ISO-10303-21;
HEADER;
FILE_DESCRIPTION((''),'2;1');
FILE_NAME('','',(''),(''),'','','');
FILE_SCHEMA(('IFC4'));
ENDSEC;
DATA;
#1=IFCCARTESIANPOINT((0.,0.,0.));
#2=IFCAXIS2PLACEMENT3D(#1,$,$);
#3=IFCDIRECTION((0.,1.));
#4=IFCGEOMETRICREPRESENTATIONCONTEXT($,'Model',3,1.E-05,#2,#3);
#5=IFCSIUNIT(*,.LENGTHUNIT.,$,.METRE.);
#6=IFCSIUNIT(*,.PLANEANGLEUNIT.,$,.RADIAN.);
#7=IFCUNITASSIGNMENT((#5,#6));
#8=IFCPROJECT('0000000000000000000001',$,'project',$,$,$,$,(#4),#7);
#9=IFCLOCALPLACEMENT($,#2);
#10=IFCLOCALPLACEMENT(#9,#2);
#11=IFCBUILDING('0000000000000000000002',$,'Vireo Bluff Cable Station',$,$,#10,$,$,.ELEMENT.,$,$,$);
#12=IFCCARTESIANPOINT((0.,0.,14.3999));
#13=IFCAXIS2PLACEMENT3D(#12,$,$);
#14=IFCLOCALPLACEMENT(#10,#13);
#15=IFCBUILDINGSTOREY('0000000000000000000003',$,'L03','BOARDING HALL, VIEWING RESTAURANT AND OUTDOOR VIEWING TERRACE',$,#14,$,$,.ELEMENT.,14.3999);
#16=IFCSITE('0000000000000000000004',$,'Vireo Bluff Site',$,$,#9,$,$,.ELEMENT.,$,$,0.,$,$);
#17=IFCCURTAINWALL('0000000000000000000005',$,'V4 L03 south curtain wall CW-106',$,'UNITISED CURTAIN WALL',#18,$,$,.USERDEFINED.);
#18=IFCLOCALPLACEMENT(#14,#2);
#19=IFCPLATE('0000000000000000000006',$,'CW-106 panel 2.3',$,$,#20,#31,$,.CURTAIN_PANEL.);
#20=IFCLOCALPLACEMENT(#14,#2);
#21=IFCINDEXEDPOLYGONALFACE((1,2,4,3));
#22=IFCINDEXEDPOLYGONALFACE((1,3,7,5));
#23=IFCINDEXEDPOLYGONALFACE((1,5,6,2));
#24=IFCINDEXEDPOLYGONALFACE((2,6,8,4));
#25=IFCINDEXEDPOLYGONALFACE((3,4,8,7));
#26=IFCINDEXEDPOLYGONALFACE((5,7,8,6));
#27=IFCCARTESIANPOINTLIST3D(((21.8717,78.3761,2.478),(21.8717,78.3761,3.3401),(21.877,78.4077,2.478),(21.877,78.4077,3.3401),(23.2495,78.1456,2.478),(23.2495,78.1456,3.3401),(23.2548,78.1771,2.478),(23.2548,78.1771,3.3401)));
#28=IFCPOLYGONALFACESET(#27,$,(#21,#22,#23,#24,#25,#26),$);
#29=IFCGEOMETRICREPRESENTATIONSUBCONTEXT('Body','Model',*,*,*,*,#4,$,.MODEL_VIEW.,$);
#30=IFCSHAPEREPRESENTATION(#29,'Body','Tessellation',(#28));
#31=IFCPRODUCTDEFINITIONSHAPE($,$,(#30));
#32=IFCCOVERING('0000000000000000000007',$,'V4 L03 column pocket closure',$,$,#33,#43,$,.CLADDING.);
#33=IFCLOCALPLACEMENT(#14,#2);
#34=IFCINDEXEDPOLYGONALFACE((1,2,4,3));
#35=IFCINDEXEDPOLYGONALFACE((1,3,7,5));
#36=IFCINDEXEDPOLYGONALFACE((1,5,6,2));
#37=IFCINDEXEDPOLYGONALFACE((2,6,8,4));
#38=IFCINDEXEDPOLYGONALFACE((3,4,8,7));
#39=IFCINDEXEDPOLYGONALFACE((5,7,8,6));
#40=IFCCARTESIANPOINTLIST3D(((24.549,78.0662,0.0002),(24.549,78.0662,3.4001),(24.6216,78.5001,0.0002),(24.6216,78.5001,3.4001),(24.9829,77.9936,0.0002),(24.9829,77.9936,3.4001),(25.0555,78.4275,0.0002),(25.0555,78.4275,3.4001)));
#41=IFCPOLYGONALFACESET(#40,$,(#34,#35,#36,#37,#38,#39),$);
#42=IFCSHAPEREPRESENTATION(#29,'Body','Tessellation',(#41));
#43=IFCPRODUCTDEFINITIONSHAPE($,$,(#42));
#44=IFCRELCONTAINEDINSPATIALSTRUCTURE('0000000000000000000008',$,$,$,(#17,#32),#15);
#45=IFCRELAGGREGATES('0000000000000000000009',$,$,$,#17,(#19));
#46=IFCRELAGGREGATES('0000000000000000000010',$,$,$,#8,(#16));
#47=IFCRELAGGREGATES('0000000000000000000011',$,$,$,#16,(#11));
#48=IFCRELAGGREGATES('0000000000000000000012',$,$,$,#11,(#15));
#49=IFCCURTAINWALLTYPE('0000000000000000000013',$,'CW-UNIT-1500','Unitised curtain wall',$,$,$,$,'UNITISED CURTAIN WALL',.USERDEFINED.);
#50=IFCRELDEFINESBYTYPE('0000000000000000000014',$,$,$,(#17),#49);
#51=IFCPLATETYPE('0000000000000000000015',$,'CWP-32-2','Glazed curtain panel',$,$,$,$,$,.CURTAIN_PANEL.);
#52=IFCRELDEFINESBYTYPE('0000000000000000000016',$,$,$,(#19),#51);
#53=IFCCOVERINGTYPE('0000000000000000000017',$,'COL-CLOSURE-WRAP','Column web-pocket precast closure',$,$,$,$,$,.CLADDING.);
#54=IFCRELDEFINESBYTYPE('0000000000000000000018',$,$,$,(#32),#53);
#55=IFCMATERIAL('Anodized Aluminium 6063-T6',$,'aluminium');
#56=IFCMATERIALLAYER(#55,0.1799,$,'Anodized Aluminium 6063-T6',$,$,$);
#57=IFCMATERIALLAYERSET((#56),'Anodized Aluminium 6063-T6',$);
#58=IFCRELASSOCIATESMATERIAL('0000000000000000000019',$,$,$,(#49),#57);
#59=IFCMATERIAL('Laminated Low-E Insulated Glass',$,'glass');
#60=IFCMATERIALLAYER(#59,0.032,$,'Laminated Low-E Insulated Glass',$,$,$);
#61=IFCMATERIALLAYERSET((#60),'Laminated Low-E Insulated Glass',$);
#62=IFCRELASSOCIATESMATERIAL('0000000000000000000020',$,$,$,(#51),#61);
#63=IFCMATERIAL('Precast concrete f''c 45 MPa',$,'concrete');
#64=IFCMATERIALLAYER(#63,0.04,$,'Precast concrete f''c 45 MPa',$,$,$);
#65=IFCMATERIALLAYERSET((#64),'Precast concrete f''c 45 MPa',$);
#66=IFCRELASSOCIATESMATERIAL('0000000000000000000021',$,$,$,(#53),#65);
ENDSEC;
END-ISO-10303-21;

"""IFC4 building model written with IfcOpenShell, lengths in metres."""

from ifc_helpers import new_model, si_unit, direction, frame, origin, origin_2d, place, context, subcontext, project, spatial, rectangle, extrude, material, layer, layer_set, type_object, element, aggregate, save


model = new_model("IFC4")

# Units and contexts
model_context = context("Model", 3, precision=1e-05, world=origin(), true_north=direction((0.0, 1.0)))
body_context = subcontext(model_context, "Body", "Model", "MODEL_VIEW")
ifc_project = project(units=[si_unit("LENGTHUNIT", "METRE"), si_unit("PLANEANGLEUNIT", "RADIAN")], contexts=[model_context])

# Site, building, storey
site_placement = place(None, origin())
site = spatial("IfcSite", under=ifc_project, at=site_placement, Name="Vireo Bluff Site", CompositionType="ELEMENT", RefElevation=0.0)
building_placement = place(site_placement, origin())
building = spatial("IfcBuilding", under=site, at=building_placement, Name="Vireo Bluff Cable Station", CompositionType="ELEMENT")
storey_placement = place(building_placement, frame((0.0, 0.0, 14.3999)))
storey = spatial("IfcBuildingStorey", under=building, at=storey_placement, Name="L03", Description="BOARDING HALL, VIEWING RESTAURANT AND OUTDOOR VIEWING TERRACE", CompositionType="ELEMENT", Elevation=14.3999)

# Curtain wall
ifc_material_1 = material(Name="Anodized Aluminium 6063-T6", Category="aluminium")
ifc_layer_1 = layer(ifc_material_1, 0.1799, Name="Anodized Aluminium 6063-T6")
ifc_layer_set_1 = layer_set([ifc_layer_1], Name="Anodized Aluminium 6063-T6")
curtain_wall_type = type_object("IfcCurtainWallType", Name="CW-UNIT-1500", Description="Unitised curtain wall", ElementType="UNITISED CURTAIN WALL", PredefinedType="USERDEFINED", material=ifc_layer_set_1)
curtain_wall_placement = place(storey_placement, origin())
curtain_wall = element("IfcCurtainWall", 1, at=curtain_wall_placement, inside=storey, type_object=curtain_wall_type, Name="V4 L03 south curtain wall CW-106", ObjectType="UNITISED CURTAIN WALL", PredefinedType="USERDEFINED")

# Plate
ifc_material_2 = material(Name="Laminated Low-E Insulated Glass", Category="glass")
ifc_layer_2 = layer(ifc_material_2, 0.032, Name="Laminated Low-E Insulated Glass")
ifc_layer_set_2 = layer_set([ifc_layer_2], Name="Laminated Low-E Insulated Glass")
plate_type = type_object("IfcPlateType", Name="CWP-32-2", Description="Glazed curtain panel", PredefinedType="CURTAIN_PANEL", material=ifc_layer_set_2)
plate_1_placement = place(storey_placement, frame((22.5632, 78.2766, 2.478), z_axis=(0.0, 0.0, 1.0), x_axis=(-0.986286, 0.165048, 0.0)))
plate_1 = element("IfcPlate", 2, at=plate_1_placement, type_object=plate_type, Name="CW-106 panel 2.3", PredefinedType="CURTAIN_PANEL", context=body_context, shape_type="SweptSolid", body=[
    extrude(rectangle(XDim=1.397, YDim=0.032, at=origin_2d()), origin(), (0.0, 0.0, 1.0), 0.8621),
])
aggregate(curtain_wall, [plate_1])

# Covering
ifc_material_3 = material(Name="Precast concrete f'c 45 MPa", Category="concrete")
ifc_layer_3 = layer(ifc_material_3, 0.04, Name="Precast concrete f'c 45 MPa")
ifc_layer_set_3 = layer_set([ifc_layer_3], Name="Precast concrete f'c 45 MPa")
covering_type = type_object("IfcCoveringType", Name="COL-CLOSURE-WRAP", Description="Column web-pocket precast closure", PredefinedType="CLADDING", material=ifc_layer_set_3)
covering_placement = place(storey_placement, frame((24.8022, 78.2468, 0.0002), z_axis=(0.0, 0.0, 1.0), x_axis=(0.986286, -0.165048, 0.0)))
element("IfcCovering", 3, at=covering_placement, inside=storey, type_object=covering_type, Name="V4 L03 column pocket closure", PredefinedType="CLADDING", context=body_context, shape_type="SweptSolid", body=[
    extrude(rectangle(XDim=0.4399, YDim=0.4399, at=origin_2d()), origin(), (0.0, 0.0, 1.0), 3.3999),
])

save(model, "model.ifc")
